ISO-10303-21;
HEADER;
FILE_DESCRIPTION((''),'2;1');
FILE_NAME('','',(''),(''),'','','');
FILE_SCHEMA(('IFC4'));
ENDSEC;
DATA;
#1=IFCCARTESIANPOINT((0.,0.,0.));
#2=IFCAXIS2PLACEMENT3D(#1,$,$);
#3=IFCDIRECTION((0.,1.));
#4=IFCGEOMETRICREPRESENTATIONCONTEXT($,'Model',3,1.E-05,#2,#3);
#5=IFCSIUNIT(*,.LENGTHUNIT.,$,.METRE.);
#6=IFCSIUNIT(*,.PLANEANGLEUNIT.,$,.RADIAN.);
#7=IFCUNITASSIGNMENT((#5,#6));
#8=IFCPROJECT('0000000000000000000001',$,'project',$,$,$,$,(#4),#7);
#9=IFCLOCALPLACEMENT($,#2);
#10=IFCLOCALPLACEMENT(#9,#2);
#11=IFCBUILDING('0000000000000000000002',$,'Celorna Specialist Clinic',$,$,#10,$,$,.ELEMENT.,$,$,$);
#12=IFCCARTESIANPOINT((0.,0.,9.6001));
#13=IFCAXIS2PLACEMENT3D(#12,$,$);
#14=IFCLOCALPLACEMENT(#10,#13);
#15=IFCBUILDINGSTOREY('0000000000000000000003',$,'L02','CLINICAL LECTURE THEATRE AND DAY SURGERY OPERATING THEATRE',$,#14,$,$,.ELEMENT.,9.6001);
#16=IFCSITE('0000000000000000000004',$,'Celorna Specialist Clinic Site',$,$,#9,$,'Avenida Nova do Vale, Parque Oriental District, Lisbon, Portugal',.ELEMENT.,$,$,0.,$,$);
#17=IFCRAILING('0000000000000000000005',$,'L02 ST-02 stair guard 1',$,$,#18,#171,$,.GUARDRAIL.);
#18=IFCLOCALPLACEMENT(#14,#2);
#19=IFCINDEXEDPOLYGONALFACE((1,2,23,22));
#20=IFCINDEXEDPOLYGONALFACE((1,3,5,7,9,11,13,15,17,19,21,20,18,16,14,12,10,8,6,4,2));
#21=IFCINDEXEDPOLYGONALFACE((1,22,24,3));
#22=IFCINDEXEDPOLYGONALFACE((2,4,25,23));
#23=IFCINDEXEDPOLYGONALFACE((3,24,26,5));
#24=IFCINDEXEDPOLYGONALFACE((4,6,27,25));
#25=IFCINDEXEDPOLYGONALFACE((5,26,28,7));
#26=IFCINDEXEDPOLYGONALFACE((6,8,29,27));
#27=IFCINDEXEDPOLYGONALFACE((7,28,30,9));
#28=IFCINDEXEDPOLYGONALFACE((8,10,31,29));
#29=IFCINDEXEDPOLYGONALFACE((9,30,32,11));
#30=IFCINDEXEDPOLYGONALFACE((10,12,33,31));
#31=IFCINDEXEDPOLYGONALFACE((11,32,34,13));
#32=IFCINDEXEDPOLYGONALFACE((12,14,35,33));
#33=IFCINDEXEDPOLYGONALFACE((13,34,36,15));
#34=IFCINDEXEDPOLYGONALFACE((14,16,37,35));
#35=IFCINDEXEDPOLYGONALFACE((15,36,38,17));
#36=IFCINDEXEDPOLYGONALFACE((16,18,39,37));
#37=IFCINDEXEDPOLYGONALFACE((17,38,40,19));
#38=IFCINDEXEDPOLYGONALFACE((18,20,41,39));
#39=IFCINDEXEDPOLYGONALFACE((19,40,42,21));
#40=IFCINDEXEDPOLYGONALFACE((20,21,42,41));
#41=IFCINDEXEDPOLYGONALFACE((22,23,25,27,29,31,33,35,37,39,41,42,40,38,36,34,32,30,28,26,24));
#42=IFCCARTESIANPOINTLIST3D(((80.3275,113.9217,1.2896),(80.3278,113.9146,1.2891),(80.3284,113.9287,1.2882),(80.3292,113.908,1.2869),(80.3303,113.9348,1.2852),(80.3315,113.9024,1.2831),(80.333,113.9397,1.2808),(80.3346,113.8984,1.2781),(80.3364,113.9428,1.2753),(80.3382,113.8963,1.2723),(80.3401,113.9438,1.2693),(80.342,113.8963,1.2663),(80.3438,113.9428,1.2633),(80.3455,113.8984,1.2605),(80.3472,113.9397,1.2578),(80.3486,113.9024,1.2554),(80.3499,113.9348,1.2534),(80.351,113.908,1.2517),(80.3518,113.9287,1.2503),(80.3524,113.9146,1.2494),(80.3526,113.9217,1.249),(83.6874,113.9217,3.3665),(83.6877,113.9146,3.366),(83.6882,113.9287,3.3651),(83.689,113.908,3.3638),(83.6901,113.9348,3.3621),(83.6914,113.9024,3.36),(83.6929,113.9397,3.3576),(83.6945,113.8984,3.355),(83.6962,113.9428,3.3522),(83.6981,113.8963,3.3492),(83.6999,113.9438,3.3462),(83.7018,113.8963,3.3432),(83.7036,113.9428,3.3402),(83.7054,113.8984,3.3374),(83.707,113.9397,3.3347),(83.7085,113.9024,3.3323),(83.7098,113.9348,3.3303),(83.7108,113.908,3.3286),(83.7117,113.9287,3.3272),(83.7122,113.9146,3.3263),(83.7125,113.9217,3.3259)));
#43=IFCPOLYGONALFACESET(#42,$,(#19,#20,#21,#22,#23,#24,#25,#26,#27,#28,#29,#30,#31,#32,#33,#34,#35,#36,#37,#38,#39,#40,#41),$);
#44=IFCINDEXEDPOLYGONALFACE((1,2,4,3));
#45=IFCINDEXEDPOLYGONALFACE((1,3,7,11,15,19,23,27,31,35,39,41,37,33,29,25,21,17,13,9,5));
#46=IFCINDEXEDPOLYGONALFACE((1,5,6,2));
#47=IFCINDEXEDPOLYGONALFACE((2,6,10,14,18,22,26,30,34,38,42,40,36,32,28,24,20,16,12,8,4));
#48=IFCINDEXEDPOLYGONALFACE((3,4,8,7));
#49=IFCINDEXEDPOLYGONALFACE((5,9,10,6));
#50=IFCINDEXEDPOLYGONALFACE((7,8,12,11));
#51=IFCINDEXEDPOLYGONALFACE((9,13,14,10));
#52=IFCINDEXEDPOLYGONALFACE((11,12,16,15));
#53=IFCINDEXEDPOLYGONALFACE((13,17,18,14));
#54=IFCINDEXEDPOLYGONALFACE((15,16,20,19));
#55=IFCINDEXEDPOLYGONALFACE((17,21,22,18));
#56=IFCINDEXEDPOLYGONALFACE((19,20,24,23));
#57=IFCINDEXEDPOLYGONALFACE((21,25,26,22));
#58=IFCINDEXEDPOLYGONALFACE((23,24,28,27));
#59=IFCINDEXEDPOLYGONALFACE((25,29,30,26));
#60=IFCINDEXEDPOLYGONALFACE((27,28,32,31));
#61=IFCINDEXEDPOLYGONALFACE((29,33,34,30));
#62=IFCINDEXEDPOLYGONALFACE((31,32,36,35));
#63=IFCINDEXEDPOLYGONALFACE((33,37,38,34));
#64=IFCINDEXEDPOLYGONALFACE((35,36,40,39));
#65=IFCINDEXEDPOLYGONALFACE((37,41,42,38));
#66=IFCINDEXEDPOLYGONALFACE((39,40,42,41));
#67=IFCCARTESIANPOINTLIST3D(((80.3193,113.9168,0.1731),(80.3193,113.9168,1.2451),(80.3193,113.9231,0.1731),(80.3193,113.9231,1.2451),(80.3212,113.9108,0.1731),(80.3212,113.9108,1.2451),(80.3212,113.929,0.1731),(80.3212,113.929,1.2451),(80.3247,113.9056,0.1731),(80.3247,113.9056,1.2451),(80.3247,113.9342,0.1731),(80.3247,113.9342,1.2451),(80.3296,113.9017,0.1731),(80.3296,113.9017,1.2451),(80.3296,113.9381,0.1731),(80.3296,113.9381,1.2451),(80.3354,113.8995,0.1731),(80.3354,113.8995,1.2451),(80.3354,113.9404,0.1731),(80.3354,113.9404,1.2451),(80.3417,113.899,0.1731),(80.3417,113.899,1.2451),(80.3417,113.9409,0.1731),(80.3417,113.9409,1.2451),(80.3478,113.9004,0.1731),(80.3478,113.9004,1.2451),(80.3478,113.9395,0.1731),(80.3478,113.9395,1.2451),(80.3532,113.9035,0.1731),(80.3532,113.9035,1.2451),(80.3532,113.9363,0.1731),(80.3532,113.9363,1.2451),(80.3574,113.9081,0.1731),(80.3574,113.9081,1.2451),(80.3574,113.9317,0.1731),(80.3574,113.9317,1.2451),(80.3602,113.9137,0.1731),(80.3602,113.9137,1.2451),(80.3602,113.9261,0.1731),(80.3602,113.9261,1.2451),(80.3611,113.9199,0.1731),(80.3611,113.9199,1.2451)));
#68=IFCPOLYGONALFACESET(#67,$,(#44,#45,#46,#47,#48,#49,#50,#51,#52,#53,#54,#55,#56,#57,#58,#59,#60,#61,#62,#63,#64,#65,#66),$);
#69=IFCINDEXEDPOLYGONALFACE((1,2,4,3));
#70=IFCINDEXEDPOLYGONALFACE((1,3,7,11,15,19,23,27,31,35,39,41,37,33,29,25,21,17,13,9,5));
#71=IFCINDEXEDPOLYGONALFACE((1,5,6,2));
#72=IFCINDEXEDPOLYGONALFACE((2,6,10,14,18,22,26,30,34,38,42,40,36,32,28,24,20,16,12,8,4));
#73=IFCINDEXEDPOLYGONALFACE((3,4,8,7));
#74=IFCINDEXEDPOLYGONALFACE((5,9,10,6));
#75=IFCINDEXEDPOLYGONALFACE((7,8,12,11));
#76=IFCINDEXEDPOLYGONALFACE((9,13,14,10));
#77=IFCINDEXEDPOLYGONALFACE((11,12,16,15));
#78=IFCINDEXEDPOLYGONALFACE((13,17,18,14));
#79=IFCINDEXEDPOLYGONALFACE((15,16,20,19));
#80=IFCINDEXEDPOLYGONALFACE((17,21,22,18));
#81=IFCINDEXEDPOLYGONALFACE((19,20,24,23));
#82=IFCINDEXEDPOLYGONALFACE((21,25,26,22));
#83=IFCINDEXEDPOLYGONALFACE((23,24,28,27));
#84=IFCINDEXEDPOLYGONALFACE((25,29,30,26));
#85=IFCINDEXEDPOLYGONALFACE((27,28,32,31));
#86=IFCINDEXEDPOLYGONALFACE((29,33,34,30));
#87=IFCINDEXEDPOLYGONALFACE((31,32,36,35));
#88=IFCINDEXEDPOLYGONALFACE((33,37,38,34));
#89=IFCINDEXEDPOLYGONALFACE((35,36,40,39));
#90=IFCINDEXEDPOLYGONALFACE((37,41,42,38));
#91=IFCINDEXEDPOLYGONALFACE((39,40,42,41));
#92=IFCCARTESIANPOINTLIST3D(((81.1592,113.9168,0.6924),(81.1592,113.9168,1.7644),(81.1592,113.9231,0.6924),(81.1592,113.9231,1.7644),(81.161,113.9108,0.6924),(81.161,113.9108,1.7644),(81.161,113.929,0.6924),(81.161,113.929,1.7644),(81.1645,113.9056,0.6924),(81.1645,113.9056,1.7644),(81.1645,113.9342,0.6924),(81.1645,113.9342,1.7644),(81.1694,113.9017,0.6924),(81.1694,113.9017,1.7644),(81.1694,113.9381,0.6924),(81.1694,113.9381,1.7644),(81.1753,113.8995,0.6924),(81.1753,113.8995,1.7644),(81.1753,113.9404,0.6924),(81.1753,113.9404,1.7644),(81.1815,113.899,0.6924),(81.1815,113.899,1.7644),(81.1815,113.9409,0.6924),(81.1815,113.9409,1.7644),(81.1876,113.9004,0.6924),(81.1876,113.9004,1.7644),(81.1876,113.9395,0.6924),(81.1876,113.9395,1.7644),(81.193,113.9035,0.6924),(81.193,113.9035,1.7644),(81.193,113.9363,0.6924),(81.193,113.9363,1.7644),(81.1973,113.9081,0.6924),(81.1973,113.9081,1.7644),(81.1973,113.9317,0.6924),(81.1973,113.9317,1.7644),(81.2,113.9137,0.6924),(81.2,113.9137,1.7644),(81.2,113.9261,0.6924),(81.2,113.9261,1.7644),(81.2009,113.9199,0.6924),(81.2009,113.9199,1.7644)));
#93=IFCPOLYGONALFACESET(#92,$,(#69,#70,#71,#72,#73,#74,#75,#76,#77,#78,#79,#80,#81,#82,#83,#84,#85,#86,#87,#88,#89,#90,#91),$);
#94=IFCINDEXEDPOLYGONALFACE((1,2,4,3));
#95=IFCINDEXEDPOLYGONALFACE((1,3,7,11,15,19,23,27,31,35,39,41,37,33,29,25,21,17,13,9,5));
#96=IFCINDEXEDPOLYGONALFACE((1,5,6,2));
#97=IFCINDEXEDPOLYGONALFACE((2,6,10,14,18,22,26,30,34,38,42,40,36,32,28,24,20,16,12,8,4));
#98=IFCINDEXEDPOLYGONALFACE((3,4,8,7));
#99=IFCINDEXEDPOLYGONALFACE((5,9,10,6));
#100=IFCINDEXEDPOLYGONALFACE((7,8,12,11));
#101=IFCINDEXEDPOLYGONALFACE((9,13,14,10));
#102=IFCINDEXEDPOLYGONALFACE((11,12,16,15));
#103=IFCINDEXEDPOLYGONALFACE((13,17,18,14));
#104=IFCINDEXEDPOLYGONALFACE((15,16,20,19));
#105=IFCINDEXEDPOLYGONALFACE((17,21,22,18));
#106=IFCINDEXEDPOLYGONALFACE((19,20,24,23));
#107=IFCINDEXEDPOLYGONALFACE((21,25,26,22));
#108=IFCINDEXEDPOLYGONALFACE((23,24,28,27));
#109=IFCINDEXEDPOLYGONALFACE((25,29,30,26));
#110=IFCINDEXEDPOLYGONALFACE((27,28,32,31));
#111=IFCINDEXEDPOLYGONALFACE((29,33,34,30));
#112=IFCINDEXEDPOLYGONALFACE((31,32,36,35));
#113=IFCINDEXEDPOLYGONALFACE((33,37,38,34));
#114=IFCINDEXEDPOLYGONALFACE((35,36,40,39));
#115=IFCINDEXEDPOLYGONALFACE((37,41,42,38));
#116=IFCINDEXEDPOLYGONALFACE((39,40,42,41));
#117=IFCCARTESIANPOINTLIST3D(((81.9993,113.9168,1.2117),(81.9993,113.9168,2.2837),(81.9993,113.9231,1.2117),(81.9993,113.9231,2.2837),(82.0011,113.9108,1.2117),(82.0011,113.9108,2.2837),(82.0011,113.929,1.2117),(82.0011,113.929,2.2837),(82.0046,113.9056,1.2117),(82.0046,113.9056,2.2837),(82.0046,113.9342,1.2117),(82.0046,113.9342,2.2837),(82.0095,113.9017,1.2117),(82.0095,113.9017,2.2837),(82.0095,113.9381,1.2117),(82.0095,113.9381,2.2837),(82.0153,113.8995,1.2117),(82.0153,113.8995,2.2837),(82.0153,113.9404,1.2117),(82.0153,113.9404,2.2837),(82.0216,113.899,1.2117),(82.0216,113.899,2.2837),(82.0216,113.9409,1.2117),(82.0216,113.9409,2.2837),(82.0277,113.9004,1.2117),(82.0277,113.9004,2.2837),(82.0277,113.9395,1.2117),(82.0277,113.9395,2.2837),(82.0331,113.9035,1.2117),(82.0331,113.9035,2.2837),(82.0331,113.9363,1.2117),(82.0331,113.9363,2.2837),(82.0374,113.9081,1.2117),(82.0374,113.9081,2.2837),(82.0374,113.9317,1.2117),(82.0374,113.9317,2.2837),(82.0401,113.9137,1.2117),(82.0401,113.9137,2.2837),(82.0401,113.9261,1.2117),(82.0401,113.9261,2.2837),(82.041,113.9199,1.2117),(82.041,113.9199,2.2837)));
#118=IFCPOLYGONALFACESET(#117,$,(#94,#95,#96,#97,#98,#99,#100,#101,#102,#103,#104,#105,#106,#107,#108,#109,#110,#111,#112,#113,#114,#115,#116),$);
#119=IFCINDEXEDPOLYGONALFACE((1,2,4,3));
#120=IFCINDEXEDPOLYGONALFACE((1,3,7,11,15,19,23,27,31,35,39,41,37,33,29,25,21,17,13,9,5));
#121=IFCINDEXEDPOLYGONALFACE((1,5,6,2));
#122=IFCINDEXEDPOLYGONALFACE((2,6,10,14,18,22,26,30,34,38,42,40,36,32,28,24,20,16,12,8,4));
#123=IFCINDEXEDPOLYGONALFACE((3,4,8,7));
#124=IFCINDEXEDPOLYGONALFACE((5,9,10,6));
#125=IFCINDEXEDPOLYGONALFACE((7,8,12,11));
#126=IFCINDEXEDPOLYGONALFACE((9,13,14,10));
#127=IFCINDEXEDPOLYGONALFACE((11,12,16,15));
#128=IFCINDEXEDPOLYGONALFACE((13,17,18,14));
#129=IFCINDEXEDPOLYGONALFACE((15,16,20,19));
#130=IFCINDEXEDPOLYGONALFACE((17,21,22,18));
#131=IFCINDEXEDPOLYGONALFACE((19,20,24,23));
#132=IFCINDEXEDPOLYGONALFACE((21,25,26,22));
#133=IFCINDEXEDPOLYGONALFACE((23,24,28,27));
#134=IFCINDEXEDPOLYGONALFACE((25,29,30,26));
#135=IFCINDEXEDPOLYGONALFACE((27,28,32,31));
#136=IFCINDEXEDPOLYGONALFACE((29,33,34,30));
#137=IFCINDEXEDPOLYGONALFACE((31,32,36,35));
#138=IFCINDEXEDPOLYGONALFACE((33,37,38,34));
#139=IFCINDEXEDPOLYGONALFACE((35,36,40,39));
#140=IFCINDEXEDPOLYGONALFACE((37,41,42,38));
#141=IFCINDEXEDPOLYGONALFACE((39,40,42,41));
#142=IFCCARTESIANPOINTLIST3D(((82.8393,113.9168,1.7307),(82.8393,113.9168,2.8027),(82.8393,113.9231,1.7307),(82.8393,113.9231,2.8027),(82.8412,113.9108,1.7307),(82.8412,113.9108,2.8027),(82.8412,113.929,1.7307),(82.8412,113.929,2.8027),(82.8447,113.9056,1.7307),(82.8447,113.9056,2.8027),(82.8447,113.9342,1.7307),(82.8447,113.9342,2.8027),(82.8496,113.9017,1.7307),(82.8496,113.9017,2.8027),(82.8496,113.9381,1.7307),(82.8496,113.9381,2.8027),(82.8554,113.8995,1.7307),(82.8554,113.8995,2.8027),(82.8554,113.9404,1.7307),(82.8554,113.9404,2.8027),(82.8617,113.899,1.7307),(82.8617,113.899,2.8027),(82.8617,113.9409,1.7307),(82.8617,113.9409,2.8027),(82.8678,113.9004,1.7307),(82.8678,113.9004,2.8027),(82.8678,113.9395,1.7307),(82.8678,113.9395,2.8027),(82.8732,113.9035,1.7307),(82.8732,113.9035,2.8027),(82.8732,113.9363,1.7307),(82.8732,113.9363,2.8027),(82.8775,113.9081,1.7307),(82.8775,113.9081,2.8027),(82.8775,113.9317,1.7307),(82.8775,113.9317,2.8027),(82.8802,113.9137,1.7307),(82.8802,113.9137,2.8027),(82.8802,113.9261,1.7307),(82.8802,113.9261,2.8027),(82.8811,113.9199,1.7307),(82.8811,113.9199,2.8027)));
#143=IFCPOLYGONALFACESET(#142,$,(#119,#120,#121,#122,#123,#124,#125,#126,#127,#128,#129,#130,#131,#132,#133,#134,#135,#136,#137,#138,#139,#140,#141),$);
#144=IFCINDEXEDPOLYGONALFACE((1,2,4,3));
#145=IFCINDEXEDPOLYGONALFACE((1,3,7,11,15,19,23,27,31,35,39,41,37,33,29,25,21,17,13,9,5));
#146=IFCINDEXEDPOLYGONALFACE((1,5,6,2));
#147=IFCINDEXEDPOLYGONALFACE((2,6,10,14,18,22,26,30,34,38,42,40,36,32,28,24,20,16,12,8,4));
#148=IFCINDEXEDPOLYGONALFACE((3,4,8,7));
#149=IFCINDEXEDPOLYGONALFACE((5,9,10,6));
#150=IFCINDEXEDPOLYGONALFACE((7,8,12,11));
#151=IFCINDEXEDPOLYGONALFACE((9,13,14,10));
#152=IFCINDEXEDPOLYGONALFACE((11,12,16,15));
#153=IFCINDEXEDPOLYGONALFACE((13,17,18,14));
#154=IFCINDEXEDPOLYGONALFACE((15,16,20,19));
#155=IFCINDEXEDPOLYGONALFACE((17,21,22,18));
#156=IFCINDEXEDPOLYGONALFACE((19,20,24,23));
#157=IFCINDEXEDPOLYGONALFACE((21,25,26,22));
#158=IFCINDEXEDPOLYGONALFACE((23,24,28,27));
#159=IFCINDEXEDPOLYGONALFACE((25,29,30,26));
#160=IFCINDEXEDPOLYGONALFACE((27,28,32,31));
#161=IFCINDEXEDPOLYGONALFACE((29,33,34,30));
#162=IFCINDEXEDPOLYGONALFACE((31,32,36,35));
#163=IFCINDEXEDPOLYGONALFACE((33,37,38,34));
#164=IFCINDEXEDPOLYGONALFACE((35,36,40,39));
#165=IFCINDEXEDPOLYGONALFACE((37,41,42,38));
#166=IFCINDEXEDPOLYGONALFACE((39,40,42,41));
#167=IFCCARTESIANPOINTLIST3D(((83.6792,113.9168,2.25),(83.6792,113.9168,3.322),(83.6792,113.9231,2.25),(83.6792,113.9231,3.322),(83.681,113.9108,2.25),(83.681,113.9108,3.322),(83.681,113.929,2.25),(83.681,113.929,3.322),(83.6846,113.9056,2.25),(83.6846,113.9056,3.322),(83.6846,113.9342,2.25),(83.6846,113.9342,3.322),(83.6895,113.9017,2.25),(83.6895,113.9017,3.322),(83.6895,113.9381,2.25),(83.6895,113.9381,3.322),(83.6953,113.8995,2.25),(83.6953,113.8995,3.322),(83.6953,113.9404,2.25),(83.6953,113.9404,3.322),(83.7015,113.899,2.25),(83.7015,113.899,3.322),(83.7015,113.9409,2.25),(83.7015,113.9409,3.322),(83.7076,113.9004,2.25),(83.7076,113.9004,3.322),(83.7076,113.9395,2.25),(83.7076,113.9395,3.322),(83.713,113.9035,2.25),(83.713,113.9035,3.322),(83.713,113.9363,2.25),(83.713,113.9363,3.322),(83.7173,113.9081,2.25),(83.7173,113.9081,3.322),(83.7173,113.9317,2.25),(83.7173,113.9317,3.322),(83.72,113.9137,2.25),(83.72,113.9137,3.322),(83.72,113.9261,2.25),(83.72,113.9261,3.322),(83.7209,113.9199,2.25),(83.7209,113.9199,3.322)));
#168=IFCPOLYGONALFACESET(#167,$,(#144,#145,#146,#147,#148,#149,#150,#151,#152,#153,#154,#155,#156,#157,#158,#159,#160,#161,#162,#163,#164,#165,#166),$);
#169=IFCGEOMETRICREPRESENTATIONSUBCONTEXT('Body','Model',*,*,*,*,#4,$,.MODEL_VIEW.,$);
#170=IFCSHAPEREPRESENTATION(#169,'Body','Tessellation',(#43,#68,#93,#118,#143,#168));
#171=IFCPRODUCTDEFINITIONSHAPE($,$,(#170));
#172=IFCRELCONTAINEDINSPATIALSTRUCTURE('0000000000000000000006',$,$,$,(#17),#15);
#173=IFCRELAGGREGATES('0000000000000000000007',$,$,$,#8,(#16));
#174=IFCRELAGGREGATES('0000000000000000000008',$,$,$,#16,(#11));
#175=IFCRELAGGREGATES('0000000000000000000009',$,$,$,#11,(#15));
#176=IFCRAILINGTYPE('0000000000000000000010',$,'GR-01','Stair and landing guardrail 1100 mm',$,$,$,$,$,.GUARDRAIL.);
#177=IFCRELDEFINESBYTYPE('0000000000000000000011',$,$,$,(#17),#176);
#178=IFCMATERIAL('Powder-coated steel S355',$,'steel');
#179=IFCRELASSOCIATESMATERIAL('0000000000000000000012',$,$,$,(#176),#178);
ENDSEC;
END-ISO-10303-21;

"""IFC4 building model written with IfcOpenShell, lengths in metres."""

from ifc_helpers import new_model, si_unit, direction, frame, origin, origin_2d, place, context, subcontext, project, spatial, circle, extrude, material, type_object, element, save


model = new_model("IFC4")

# Units and contexts
model_context = context("Model", 3, precision=1e-05, world=origin(), true_north=direction((0.0, 1.0)))
body_context = subcontext(model_context, "Body", "Model", "MODEL_VIEW")
ifc_project = project(units=[si_unit("LENGTHUNIT", "METRE"), si_unit("PLANEANGLEUNIT", "RADIAN")], contexts=[model_context])

# Site, building, storey
site_placement = place(None, origin())
site = spatial("IfcSite", under=ifc_project, at=site_placement, Name="Celorna Specialist Clinic Site", LongName="Avenida Nova do Vale, Parque Oriental District, Lisbon, Portugal", CompositionType="ELEMENT", RefElevation=0.0)
building_placement = place(site_placement, origin())
building = spatial("IfcBuilding", under=site, at=building_placement, Name="Celorna Specialist Clinic", CompositionType="ELEMENT")
storey_placement = place(building_placement, frame((0.0, 0.0, 9.6001)))
storey = spatial("IfcBuildingStorey", under=building, at=storey_placement, Name="L02", Description="CLINICAL LECTURE THEATRE AND DAY SURGERY OPERATING THEATRE", CompositionType="ELEMENT", Elevation=9.6001)

# Railing
ifc_material_1 = material(Name="Powder-coated steel S355", Category="steel")
railing_type_1 = type_object("IfcRailingType", Name="GR-01", Description="Stair and landing guardrail 1100 mm", PredefinedType="GUARDRAIL", material=ifc_material_1)
railing_1_placement = place(storey_placement, frame((80.3401, 113.9199, 0.1731)))
element("IfcRailing", 1, at=railing_1_placement, inside=storey, type_object=railing_type_1, Name="L02 ST-02 stair guard 1", PredefinedType="GUARDRAIL", context=body_context, shape_type="SweptSolid", body=[
    extrude(circle(Radius=0.0239, at=origin_2d()), frame((0.0, 0.0, 1.0962), z_axis=(0.850606, 0.0, 0.525803), x_axis=(0.0, 1.0, 0.0)), (0.0, 0.0, 1.0), 3.95),
    extrude(circle(Radius=0.021, at=origin_2d()), origin(), (0.0, 0.0, 1.0), 1.072),
    extrude(circle(Radius=0.021, at=origin_2d()), frame((0.8398, 0.0, 0.5193)), (0.0, 0.0, 1.0), 1.072),
    extrude(circle(Radius=0.021, at=origin_2d()), frame((1.6799, 0.0, 1.0386)), (0.0, 0.0, 1.0), 1.072),
    extrude(circle(Radius=0.021, at=origin_2d()), frame((2.52, 0.0, 1.5576)), (0.0, 0.0, 1.0), 1.072),
    extrude(circle(Radius=0.021, at=origin_2d()), frame((3.3599, 0.0, 2.0769)), (0.0, 0.0, 1.0), 1.072),
])

save(model, "model.ifc")
